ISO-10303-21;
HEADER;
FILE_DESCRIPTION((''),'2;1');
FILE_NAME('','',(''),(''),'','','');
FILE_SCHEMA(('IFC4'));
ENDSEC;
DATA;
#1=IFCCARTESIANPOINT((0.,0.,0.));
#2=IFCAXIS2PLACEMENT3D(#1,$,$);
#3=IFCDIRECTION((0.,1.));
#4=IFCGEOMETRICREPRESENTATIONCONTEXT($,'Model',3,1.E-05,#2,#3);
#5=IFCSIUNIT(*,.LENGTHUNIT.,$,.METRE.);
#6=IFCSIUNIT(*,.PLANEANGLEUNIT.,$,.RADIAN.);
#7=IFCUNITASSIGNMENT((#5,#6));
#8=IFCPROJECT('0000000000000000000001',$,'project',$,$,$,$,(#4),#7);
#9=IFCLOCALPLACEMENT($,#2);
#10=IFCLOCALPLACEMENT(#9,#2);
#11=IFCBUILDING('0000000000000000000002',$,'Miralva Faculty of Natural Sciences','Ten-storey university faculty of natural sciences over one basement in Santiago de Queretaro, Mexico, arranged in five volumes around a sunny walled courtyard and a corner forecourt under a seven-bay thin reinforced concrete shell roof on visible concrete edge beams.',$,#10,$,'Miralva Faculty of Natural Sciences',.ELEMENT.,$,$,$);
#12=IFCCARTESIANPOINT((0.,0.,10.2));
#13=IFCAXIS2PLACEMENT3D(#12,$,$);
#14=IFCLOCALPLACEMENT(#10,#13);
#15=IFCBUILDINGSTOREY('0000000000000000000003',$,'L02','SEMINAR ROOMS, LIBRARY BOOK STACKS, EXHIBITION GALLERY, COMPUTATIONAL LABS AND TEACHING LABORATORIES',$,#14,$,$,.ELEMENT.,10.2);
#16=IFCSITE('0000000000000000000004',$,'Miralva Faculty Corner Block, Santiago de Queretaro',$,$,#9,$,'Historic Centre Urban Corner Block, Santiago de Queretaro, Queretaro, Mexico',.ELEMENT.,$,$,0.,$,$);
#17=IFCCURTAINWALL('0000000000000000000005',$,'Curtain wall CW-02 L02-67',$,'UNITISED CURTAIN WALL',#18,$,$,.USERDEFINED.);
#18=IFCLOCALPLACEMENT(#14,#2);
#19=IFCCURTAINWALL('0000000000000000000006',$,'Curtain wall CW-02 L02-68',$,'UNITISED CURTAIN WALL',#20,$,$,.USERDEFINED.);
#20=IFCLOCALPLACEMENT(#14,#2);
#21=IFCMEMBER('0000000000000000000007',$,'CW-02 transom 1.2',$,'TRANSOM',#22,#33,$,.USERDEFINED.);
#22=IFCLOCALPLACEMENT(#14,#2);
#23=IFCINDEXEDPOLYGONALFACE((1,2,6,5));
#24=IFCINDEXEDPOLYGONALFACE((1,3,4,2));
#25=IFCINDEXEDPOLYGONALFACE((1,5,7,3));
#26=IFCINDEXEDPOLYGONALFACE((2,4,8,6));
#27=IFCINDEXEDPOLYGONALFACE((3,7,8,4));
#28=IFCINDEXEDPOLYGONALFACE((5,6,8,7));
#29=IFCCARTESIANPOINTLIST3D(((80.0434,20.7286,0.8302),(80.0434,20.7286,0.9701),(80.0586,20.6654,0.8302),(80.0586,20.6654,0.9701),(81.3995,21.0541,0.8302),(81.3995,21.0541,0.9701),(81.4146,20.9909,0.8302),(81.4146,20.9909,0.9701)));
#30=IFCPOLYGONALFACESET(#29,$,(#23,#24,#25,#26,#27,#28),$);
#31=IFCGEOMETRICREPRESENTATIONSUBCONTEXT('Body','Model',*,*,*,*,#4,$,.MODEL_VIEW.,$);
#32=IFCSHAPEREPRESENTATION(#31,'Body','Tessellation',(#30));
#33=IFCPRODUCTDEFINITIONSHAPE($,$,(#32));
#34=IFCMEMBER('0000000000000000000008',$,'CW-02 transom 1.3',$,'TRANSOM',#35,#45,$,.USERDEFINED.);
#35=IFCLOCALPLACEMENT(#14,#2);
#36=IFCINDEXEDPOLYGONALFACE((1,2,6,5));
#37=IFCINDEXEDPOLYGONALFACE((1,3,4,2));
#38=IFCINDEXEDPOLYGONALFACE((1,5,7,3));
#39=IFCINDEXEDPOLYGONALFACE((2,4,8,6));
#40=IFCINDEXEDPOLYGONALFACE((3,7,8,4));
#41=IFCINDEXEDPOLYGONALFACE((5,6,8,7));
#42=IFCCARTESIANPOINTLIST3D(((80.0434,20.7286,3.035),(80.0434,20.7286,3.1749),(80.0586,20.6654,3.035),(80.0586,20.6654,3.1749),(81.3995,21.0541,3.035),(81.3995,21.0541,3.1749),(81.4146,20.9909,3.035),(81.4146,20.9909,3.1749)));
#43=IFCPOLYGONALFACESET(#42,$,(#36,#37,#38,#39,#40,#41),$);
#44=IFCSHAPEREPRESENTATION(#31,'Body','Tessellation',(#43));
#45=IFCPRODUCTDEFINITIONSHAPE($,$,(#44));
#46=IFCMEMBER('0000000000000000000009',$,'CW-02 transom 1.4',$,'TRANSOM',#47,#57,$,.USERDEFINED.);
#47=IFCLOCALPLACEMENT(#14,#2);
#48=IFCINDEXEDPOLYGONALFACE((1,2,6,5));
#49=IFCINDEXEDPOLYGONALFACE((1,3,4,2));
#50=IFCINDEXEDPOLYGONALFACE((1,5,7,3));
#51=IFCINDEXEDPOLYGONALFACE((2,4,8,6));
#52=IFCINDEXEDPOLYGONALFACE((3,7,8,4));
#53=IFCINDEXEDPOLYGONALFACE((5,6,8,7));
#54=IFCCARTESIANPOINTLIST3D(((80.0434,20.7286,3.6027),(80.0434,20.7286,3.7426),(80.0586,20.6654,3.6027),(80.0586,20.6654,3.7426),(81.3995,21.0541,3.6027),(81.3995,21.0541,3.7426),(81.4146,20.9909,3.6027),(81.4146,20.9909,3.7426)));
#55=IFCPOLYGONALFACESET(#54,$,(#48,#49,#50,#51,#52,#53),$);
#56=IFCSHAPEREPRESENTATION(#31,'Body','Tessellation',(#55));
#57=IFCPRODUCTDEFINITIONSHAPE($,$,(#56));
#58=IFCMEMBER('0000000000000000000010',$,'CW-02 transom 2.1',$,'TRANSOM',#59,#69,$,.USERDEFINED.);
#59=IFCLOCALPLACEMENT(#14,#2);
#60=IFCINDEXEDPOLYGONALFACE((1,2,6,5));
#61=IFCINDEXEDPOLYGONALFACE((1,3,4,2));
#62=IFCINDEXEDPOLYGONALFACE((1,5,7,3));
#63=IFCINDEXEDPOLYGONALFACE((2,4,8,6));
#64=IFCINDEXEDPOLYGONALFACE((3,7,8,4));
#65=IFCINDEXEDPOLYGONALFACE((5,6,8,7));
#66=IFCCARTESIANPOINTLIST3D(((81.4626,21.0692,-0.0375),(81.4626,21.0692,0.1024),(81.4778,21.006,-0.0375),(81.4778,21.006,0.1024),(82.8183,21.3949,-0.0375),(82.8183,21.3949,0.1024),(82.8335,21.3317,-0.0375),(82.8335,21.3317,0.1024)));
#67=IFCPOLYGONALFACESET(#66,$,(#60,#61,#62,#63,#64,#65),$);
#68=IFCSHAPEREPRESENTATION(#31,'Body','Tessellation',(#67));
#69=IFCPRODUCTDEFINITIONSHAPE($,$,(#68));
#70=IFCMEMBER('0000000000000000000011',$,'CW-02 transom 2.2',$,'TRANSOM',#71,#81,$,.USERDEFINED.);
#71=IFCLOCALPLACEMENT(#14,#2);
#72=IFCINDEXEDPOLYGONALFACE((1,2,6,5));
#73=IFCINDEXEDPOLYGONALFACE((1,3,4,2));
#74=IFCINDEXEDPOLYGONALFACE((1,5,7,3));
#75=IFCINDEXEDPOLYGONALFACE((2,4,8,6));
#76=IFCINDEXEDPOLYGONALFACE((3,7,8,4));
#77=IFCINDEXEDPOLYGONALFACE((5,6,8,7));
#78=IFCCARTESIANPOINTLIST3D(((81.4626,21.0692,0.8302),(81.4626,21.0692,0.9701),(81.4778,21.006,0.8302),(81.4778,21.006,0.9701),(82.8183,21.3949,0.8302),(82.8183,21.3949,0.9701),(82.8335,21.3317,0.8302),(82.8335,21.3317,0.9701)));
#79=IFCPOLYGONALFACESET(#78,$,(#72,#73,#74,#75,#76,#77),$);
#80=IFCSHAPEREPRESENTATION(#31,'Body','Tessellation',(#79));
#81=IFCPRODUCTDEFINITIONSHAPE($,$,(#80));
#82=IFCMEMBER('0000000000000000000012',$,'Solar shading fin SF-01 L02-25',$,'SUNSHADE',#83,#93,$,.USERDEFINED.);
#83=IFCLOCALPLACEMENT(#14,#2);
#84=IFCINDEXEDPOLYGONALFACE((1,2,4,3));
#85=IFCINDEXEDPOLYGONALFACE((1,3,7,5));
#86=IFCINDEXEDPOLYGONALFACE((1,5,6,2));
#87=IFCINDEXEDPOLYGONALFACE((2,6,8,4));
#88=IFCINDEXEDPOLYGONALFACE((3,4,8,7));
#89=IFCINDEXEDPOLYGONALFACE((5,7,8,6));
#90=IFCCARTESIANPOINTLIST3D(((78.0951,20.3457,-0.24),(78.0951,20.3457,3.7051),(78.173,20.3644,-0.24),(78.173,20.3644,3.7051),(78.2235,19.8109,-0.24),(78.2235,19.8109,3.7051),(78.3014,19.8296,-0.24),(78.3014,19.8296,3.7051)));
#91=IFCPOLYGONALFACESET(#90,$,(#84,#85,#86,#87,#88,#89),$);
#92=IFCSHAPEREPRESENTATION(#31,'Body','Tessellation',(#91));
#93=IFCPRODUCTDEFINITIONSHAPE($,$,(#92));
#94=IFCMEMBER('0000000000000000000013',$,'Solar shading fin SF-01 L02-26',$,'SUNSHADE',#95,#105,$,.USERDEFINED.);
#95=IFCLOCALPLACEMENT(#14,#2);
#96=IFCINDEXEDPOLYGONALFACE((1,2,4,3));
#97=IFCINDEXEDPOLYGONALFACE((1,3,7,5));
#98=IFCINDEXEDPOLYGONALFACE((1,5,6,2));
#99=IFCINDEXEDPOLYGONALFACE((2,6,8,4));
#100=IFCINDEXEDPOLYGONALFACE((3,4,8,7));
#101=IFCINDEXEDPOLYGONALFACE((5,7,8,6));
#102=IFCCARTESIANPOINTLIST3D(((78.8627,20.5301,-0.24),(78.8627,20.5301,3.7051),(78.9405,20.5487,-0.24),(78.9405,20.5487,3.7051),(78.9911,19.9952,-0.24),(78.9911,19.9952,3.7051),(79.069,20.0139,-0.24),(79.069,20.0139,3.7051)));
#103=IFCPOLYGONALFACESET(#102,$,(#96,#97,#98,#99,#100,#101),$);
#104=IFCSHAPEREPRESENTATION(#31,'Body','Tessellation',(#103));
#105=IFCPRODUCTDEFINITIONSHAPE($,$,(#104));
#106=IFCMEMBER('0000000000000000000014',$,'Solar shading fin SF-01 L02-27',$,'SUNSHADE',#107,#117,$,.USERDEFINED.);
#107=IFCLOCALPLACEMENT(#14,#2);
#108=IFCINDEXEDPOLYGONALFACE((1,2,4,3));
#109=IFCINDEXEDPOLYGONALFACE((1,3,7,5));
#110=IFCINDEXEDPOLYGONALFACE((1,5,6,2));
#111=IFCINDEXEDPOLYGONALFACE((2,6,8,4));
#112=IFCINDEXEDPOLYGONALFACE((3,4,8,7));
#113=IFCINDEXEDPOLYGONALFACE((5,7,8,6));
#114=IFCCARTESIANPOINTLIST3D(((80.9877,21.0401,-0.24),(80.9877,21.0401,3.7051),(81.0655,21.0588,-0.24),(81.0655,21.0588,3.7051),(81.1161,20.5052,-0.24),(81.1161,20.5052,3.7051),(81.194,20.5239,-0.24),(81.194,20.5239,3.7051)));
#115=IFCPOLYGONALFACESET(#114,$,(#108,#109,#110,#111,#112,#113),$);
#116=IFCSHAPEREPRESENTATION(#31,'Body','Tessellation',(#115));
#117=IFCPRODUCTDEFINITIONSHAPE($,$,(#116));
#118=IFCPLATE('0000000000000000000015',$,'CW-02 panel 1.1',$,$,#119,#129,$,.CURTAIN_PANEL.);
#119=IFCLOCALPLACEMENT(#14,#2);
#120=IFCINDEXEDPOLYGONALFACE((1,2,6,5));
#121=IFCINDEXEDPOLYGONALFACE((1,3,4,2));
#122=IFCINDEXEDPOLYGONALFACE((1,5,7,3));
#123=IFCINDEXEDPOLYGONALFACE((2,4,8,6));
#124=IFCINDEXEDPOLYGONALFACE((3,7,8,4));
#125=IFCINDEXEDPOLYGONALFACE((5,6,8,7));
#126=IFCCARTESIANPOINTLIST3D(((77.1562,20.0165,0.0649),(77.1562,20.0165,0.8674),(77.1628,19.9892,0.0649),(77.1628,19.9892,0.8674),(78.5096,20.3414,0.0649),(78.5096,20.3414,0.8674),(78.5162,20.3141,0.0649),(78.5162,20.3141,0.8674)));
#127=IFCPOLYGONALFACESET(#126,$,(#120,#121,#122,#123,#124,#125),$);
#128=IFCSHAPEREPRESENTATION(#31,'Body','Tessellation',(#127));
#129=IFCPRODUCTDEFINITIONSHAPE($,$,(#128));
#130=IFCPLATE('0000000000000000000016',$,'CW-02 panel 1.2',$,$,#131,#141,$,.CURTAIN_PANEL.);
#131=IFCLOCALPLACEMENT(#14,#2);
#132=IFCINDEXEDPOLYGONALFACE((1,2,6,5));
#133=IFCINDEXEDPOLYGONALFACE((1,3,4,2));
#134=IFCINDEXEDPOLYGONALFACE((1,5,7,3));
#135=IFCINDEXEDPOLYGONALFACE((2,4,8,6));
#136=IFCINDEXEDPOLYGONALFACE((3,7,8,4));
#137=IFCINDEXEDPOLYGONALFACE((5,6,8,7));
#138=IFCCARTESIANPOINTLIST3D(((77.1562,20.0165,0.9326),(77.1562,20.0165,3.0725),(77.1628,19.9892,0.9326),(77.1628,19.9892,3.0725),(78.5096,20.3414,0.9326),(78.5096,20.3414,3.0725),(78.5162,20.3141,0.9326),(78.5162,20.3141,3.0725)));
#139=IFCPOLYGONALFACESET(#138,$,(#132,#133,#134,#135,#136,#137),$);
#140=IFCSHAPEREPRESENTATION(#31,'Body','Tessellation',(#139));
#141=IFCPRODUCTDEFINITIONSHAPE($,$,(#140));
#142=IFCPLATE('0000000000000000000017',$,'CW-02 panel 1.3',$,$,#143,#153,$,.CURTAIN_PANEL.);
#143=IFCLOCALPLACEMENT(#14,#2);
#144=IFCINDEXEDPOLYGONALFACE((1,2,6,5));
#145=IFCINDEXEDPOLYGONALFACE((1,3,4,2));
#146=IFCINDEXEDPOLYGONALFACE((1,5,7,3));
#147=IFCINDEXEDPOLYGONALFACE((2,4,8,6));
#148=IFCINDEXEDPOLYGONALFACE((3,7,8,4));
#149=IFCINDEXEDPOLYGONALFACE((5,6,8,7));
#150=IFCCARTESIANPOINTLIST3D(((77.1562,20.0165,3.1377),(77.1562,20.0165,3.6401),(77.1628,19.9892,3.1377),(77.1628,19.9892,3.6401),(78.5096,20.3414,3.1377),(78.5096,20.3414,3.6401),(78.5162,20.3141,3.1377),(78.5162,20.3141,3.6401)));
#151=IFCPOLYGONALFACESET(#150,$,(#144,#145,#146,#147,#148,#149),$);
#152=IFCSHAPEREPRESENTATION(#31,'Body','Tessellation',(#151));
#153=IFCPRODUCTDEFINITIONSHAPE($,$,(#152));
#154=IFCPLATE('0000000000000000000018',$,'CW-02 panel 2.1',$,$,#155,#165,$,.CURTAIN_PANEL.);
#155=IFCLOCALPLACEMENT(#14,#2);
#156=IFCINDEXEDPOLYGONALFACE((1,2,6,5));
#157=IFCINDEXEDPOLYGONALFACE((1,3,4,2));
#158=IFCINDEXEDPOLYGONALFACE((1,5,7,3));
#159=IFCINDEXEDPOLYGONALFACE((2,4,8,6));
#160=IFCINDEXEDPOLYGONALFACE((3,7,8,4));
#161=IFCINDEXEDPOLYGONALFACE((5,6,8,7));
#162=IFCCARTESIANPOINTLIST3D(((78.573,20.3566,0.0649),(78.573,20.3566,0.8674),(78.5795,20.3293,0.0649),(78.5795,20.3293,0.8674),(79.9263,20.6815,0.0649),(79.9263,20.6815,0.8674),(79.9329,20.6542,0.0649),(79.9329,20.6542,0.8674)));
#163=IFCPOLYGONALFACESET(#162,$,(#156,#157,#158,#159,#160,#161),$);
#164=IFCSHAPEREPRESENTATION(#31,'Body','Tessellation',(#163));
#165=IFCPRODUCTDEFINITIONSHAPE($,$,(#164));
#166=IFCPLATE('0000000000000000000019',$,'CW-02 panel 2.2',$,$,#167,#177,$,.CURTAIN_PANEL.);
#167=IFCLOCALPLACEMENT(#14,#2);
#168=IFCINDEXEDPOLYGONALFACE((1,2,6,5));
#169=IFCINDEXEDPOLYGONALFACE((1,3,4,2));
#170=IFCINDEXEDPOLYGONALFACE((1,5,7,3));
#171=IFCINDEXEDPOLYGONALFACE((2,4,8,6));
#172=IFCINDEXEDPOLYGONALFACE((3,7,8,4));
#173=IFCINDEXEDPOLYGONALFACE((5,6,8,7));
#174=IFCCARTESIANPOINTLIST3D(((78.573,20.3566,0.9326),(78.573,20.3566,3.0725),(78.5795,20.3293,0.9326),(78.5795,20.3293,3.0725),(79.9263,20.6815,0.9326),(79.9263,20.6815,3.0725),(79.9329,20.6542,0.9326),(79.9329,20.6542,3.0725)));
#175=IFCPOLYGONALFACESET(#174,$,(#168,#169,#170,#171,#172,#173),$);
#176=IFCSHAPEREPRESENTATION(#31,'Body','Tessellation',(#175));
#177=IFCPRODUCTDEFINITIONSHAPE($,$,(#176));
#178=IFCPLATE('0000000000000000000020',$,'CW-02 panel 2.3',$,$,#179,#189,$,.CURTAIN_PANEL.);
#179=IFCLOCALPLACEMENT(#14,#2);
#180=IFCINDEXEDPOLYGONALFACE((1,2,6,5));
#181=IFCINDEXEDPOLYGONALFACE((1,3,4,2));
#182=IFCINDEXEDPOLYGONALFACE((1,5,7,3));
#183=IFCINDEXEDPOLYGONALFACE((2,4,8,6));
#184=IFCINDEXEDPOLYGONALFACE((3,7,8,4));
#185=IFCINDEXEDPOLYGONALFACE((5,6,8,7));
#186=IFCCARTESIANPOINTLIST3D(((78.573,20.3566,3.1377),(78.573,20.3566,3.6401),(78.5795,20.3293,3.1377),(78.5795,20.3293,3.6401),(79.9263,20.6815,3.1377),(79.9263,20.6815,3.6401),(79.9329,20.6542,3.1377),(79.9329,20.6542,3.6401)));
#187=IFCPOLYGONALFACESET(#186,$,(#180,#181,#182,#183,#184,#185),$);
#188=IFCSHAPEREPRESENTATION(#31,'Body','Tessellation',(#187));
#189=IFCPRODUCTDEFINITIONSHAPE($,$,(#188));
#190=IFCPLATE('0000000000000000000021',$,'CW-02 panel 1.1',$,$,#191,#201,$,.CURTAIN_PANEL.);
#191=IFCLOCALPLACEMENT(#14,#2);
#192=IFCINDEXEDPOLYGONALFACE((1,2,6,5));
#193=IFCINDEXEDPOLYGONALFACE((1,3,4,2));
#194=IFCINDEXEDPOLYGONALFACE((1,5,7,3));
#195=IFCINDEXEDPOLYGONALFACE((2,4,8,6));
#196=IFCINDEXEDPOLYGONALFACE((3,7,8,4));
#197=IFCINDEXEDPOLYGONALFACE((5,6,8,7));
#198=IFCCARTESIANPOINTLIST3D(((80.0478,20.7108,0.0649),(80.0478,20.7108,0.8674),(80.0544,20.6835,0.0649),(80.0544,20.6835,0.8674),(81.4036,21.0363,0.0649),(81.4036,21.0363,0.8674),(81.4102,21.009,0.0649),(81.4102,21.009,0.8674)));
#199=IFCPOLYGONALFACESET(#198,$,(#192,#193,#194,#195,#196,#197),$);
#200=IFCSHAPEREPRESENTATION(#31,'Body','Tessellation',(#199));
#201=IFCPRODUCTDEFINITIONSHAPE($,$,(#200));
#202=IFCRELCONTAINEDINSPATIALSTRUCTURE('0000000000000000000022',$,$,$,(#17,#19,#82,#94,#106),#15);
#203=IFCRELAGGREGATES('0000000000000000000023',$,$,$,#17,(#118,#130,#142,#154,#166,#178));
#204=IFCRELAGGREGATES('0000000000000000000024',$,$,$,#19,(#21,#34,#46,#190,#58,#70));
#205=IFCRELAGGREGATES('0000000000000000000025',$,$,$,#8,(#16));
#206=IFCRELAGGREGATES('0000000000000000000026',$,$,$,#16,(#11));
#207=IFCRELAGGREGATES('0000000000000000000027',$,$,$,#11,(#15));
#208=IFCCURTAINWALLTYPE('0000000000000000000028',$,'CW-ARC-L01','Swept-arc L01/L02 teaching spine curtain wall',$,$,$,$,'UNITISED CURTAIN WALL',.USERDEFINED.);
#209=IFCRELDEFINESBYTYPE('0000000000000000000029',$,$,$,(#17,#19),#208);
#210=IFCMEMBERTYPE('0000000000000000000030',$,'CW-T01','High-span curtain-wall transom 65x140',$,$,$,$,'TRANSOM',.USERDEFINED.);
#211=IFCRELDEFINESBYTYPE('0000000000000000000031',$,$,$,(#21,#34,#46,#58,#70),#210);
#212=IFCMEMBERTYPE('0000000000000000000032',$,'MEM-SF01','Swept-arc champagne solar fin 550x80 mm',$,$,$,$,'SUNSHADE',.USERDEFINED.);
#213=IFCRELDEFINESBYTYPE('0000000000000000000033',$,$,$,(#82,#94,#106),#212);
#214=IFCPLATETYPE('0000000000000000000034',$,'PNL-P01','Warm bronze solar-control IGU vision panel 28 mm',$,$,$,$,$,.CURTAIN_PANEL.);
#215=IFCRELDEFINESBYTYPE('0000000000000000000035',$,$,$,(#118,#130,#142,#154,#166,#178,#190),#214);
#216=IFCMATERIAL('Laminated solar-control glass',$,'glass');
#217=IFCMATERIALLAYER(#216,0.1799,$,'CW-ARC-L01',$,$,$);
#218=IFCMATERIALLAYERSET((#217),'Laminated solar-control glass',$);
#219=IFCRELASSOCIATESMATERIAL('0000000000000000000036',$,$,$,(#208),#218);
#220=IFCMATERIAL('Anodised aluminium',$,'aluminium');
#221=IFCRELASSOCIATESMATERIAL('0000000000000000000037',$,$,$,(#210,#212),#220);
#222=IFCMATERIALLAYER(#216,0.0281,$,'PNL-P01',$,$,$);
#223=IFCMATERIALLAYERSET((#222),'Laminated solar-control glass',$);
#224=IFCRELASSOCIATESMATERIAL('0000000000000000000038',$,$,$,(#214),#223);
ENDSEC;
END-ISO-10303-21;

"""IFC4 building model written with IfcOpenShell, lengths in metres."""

from ifc_helpers import new_model, si_unit, direction, frame, origin, origin_2d, place, context, subcontext, project, spatial, rectangle, extrude, material, layer, layer_set, material_profile, profile_set, type_object, element, aggregate, save


model = new_model("IFC4")

# Units and contexts
model_context = context("Model", 3, precision=1e-05, world=origin(), true_north=direction((0.0, 1.0)))
body_context = subcontext(model_context, "Body", "Model", "MODEL_VIEW")
ifc_project = project(units=[si_unit("LENGTHUNIT", "METRE"), si_unit("PLANEANGLEUNIT", "RADIAN")], contexts=[model_context])

# Site, building, storey
site_placement = place(None, origin())
site = spatial("IfcSite", under=ifc_project, at=site_placement, Name="Miralva Faculty Corner Block, Santiago de Queretaro", LongName="Historic Centre Urban Corner Block, Santiago de Queretaro, Queretaro, Mexico", CompositionType="ELEMENT", RefElevation=0.0)
building_placement = place(site_placement, origin())
building = spatial("IfcBuilding", under=site, at=building_placement, Name="Miralva Faculty of Natural Sciences", Description="Ten-storey university faculty of natural sciences over one basement in Santiago de Queretaro, Mexico, arranged in five volumes around a sunny walled courtyard and a corner forecourt under a seven-bay thin reinforced concrete shell roof on visible concrete edge beams.", LongName="Miralva Faculty of Natural Sciences", CompositionType="ELEMENT")
storey_placement = place(building_placement, frame((0.0, 0.0, 10.2)))
storey = spatial("IfcBuildingStorey", under=building, at=storey_placement, Name="L02", Description="SEMINAR ROOMS, LIBRARY BOOK STACKS, EXHIBITION GALLERY, COMPUTATIONAL LABS AND TEACHING LABORATORIES", CompositionType="ELEMENT", Elevation=10.2)

# Curtain walls
ifc_material_1 = material(Name="Laminated solar-control glass", Category="glass")
ifc_layer_1 = layer(ifc_material_1, 0.1799, Name="CW-ARC-L01")
ifc_layer_set_1 = layer_set([ifc_layer_1], Name="Laminated solar-control glass")
curtain_wall_type = type_object("IfcCurtainWallType", Name="CW-ARC-L01", Description="Swept-arc L01/L02 teaching spine curtain wall", ElementType="UNITISED CURTAIN WALL", PredefinedType="USERDEFINED", material=ifc_layer_set_1)
curtain_wall_1_placement = place(storey_placement, origin())
curtain_wall_1 = element("IfcCurtainWall", 1, at=curtain_wall_1_placement, inside=storey, type_object=curtain_wall_type, Name="Curtain wall CW-02 L02-67", ObjectType="UNITISED CURTAIN WALL", PredefinedType="USERDEFINED")
ifc_material_2 = material(Name="Anodised aluminium", Category="aluminium")
curtain_wall_2_placement = place(storey_placement, origin())
curtain_wall_2 = element("IfcCurtainWall", 2, at=curtain_wall_2_placement, inside=storey, type_object=curtain_wall_type, Name="Curtain wall CW-02 L02-68", ObjectType="UNITISED CURTAIN WALL", PredefinedType="USERDEFINED")

# Members
ifc_material_profile_1 = material_profile(ifc_material_2, rectangle(XDim=0.0649, YDim=0.1399, at=origin_2d()), Name="TRANSOM 65x140")
ifc_profile_set_1 = profile_set([ifc_material_profile_1], Name="Anodised aluminium")
member_type_1 = type_object("IfcMemberType", Name="CW-T01", Description="High-span curtain-wall transom 65x140", ElementType="TRANSOM", PredefinedType="USERDEFINED", material=ifc_profile_set_1)
member_1_placement = place(storey_placement, frame((80.051, 20.697, 0.9001), z_axis=(0.972386, 0.23338, 0.0), x_axis=(-0.23338, 0.972386, 0.0)))
member_1 = element("IfcMember", 3, at=member_1_placement, type_object=member_type_1, Name="CW-02 transom 1.2", ObjectType="TRANSOM", PredefinedType="USERDEFINED", context=body_context, shape_type="SweptSolid", body=[
    extrude(rectangle(XDim=0.0649, YDim=0.1399, at=origin_2d()), origin(), (0.0, 0.0, 1.0), 1.3945),
])
member_2_placement = place(storey_placement, frame((80.051, 20.697, 3.105), z_axis=(0.972386, 0.23338, 0.0), x_axis=(-0.23338, 0.972386, 0.0)))
member_2 = element("IfcMember", 4, at=member_2_placement, type_object=member_type_1, Name="CW-02 transom 1.3", ObjectType="TRANSOM", PredefinedType="USERDEFINED", context=body_context, shape_type="SweptSolid", body=[
    extrude(rectangle(XDim=0.0649, YDim=0.1399, at=origin_2d()), origin(), (0.0, 0.0, 1.0), 1.3945),
])
member_3_placement = place(storey_placement, frame((80.051, 20.697, 3.6726), z_axis=(0.972386, 0.23338, 0.0), x_axis=(-0.23338, 0.972386, 0.0)))
member_3 = element("IfcMember", 5, at=member_3_placement, type_object=member_type_1, Name="CW-02 transom 1.4", ObjectType="TRANSOM", PredefinedType="USERDEFINED", context=body_context, shape_type="SweptSolid", body=[
    extrude(rectangle(XDim=0.0649, YDim=0.1399, at=origin_2d()), origin(), (0.0, 0.0, 1.0), 1.3945),
])
member_4_placement = place(storey_placement, frame((81.4702, 21.0376, 0.0325), z_axis=(0.972336, 0.233585, 0.0), x_axis=(-0.233585, 0.972336, 0.0)))
member_4 = element("IfcMember", 6, at=member_4_placement, type_object=member_type_1, Name="CW-02 transom 2.1", ObjectType="TRANSOM", PredefinedType="USERDEFINED", context=body_context, shape_type="SweptSolid", body=[
    extrude(rectangle(XDim=0.0649, YDim=0.1399, at=origin_2d()), origin(), (0.0, 0.0, 1.0), 1.3943),
])
member_5_placement = place(storey_placement, frame((81.4702, 21.0376, 0.9001), z_axis=(0.972336, 0.233585, 0.0), x_axis=(-0.233585, 0.972336, 0.0)))
member_5 = element("IfcMember", 7, at=member_5_placement, type_object=member_type_1, Name="CW-02 transom 2.2", ObjectType="TRANSOM", PredefinedType="USERDEFINED", context=body_context, shape_type="SweptSolid", body=[
    extrude(rectangle(XDim=0.0649, YDim=0.1399, at=origin_2d()), origin(), (0.0, 0.0, 1.0), 1.3943),
])

# Members
ifc_material_profile_2 = material_profile(ifc_material_2, rectangle(XDim=0.0801, YDim=0.55, at=origin_2d()), Name="FIN 550x80")
ifc_profile_set_2 = profile_set([ifc_material_profile_2], Name="Anodised aluminium")
member_type_2 = type_object("IfcMemberType", Name="MEM-SF01", Description="Swept-arc champagne solar fin 550x80 mm", ElementType="SUNSHADE", PredefinedType="USERDEFINED", material=ifc_profile_set_2)
for number, where, z_axis, x_axis, name in (
    (8, (78.1982, 20.0876, -0.24), (0.0, 0.0, 1.0), (0.97237, 0.233445, 0.0), "Solar shading fin SF-01 L02-25"),
    (9, (78.9658, 20.272, -0.24), (0.0, 0.0, 1.0), (0.97237, 0.233445, 0.0), "Solar shading fin SF-01 L02-26"),
    (10, (81.0908, 20.782, -0.24), (0.0, 0.0, 1.0), (0.97237, 0.233445, 0.0), "Solar shading fin SF-01 L02-27"),
):
    element("IfcMember", number, at=place(storey_placement, frame(where, z_axis=z_axis, x_axis=x_axis)), inside=storey, type_object=member_type_2, Name=name, ObjectType="SUNSHADE", PredefinedType="USERDEFINED", context=body_context, shape_type="SweptSolid", body=[
        extrude(rectangle(XDim=0.0801, YDim=0.55, at=origin_2d()), origin(), (0.0, 0.0, 1.0), 3.9451),
    ])

# Plates
ifc_layer_2 = layer(ifc_material_1, 0.0281, Name="PNL-P01")
ifc_layer_set_2 = layer_set([ifc_layer_2], Name="Laminated solar-control glass")
plate_type = type_object("IfcPlateType", Name="PNL-P01", Description="Warm bronze solar-control IGU vision panel 28 mm", PredefinedType="CURTAIN_PANEL", material=ifc_layer_set_2)
plate_1_placement = place(storey_placement, frame((77.8362, 20.1653, 0.0649), z_axis=(0.0, 0.0, 1.0), x_axis=(0.972367, 0.233457, 0.0)))
plate_1 = element("IfcPlate", 11, at=plate_1_placement, type_object=plate_type, Name="CW-02 panel 1.1", PredefinedType="CURTAIN_PANEL", context=body_context, shape_type="SweptSolid", body=[
    extrude(rectangle(XDim=1.3918, YDim=0.0281, at=origin_2d()), origin(), (0.0, 0.0, 1.0), 0.8025),
])
plate_2_placement = place(storey_placement, frame((77.8362, 20.1653, 0.9326), z_axis=(0.0, 0.0, 1.0), x_axis=(0.972367, 0.233457, 0.0)))
plate_2 = element("IfcPlate", 12, at=plate_2_placement, type_object=plate_type, Name="CW-02 panel 1.2", PredefinedType="CURTAIN_PANEL", context=body_context, shape_type="SweptSolid", body=[
    extrude(rectangle(XDim=1.3918, YDim=0.0281, at=origin_2d()), origin(), (0.0, 0.0, 1.0), 2.1399),
])
plate_3_placement = place(storey_placement, frame((77.8362, 20.1653, 3.1377), z_axis=(0.0, 0.0, 1.0), x_axis=(0.972367, 0.233457, 0.0)))
plate_3 = element("IfcPlate", 13, at=plate_3_placement, type_object=plate_type, Name="CW-02 panel 1.3", PredefinedType="CURTAIN_PANEL", context=body_context, shape_type="SweptSolid", body=[
    extrude(rectangle(XDim=1.3918, YDim=0.0281, at=origin_2d()), origin(), (0.0, 0.0, 1.0), 0.5024),
])
plate_4_placement = place(storey_placement, frame((79.2529, 20.5054, 0.0649), z_axis=(0.0, 0.0, 1.0), x_axis=(0.972367, 0.233457, 0.0)))
plate_4 = element("IfcPlate", 14, at=plate_4_placement, type_object=plate_type, Name="CW-02 panel 2.1", PredefinedType="CURTAIN_PANEL", context=body_context, shape_type="SweptSolid", body=[
    extrude(rectangle(XDim=1.3918, YDim=0.0281, at=origin_2d()), origin(), (0.0, 0.0, 1.0), 0.8025),
])
plate_5_placement = place(storey_placement, frame((79.2529, 20.5054, 0.9326), z_axis=(0.0, 0.0, 1.0), x_axis=(0.972367, 0.233457, 0.0)))
plate_5 = element("IfcPlate", 15, at=plate_5_placement, type_object=plate_type, Name="CW-02 panel 2.2", PredefinedType="CURTAIN_PANEL", context=body_context, shape_type="SweptSolid", body=[
    extrude(rectangle(XDim=1.3918, YDim=0.0281, at=origin_2d()), origin(), (0.0, 0.0, 1.0), 2.1399),
])
plate_6_placement = place(storey_placement, frame((79.2529, 20.5054, 3.1377), z_axis=(0.0, 0.0, 1.0), x_axis=(0.972367, 0.233457, 0.0)))
plate_6 = element("IfcPlate", 16, at=plate_6_placement, type_object=plate_type, Name="CW-02 panel 2.3", PredefinedType="CURTAIN_PANEL", context=body_context, shape_type="SweptSolid", body=[
    extrude(rectangle(XDim=1.3918, YDim=0.0281, at=origin_2d()), origin(), (0.0, 0.0, 1.0), 0.5024),
])
aggregate(curtain_wall_1, [plate_1, plate_2, plate_3, plate_4, plate_5, plate_6])
plate_7_placement = place(storey_placement, frame((80.729, 20.8599, 0.0649), z_axis=(0.0, 0.0, 1.0), x_axis=(0.972365, 0.233464, 0.0)))
plate_7 = element("IfcPlate", 17, at=plate_7_placement, type_object=plate_type, Name="CW-02 panel 1.1", PredefinedType="CURTAIN_PANEL", context=body_context, shape_type="SweptSolid", body=[
    extrude(rectangle(XDim=1.3943, YDim=0.0281, at=origin_2d()), origin(), (0.0, 0.0, 1.0), 0.8025),
])
aggregate(curtain_wall_2, [member_1, member_2, member_3, plate_7, member_4, member_5])

save(model, "model.ifc")
